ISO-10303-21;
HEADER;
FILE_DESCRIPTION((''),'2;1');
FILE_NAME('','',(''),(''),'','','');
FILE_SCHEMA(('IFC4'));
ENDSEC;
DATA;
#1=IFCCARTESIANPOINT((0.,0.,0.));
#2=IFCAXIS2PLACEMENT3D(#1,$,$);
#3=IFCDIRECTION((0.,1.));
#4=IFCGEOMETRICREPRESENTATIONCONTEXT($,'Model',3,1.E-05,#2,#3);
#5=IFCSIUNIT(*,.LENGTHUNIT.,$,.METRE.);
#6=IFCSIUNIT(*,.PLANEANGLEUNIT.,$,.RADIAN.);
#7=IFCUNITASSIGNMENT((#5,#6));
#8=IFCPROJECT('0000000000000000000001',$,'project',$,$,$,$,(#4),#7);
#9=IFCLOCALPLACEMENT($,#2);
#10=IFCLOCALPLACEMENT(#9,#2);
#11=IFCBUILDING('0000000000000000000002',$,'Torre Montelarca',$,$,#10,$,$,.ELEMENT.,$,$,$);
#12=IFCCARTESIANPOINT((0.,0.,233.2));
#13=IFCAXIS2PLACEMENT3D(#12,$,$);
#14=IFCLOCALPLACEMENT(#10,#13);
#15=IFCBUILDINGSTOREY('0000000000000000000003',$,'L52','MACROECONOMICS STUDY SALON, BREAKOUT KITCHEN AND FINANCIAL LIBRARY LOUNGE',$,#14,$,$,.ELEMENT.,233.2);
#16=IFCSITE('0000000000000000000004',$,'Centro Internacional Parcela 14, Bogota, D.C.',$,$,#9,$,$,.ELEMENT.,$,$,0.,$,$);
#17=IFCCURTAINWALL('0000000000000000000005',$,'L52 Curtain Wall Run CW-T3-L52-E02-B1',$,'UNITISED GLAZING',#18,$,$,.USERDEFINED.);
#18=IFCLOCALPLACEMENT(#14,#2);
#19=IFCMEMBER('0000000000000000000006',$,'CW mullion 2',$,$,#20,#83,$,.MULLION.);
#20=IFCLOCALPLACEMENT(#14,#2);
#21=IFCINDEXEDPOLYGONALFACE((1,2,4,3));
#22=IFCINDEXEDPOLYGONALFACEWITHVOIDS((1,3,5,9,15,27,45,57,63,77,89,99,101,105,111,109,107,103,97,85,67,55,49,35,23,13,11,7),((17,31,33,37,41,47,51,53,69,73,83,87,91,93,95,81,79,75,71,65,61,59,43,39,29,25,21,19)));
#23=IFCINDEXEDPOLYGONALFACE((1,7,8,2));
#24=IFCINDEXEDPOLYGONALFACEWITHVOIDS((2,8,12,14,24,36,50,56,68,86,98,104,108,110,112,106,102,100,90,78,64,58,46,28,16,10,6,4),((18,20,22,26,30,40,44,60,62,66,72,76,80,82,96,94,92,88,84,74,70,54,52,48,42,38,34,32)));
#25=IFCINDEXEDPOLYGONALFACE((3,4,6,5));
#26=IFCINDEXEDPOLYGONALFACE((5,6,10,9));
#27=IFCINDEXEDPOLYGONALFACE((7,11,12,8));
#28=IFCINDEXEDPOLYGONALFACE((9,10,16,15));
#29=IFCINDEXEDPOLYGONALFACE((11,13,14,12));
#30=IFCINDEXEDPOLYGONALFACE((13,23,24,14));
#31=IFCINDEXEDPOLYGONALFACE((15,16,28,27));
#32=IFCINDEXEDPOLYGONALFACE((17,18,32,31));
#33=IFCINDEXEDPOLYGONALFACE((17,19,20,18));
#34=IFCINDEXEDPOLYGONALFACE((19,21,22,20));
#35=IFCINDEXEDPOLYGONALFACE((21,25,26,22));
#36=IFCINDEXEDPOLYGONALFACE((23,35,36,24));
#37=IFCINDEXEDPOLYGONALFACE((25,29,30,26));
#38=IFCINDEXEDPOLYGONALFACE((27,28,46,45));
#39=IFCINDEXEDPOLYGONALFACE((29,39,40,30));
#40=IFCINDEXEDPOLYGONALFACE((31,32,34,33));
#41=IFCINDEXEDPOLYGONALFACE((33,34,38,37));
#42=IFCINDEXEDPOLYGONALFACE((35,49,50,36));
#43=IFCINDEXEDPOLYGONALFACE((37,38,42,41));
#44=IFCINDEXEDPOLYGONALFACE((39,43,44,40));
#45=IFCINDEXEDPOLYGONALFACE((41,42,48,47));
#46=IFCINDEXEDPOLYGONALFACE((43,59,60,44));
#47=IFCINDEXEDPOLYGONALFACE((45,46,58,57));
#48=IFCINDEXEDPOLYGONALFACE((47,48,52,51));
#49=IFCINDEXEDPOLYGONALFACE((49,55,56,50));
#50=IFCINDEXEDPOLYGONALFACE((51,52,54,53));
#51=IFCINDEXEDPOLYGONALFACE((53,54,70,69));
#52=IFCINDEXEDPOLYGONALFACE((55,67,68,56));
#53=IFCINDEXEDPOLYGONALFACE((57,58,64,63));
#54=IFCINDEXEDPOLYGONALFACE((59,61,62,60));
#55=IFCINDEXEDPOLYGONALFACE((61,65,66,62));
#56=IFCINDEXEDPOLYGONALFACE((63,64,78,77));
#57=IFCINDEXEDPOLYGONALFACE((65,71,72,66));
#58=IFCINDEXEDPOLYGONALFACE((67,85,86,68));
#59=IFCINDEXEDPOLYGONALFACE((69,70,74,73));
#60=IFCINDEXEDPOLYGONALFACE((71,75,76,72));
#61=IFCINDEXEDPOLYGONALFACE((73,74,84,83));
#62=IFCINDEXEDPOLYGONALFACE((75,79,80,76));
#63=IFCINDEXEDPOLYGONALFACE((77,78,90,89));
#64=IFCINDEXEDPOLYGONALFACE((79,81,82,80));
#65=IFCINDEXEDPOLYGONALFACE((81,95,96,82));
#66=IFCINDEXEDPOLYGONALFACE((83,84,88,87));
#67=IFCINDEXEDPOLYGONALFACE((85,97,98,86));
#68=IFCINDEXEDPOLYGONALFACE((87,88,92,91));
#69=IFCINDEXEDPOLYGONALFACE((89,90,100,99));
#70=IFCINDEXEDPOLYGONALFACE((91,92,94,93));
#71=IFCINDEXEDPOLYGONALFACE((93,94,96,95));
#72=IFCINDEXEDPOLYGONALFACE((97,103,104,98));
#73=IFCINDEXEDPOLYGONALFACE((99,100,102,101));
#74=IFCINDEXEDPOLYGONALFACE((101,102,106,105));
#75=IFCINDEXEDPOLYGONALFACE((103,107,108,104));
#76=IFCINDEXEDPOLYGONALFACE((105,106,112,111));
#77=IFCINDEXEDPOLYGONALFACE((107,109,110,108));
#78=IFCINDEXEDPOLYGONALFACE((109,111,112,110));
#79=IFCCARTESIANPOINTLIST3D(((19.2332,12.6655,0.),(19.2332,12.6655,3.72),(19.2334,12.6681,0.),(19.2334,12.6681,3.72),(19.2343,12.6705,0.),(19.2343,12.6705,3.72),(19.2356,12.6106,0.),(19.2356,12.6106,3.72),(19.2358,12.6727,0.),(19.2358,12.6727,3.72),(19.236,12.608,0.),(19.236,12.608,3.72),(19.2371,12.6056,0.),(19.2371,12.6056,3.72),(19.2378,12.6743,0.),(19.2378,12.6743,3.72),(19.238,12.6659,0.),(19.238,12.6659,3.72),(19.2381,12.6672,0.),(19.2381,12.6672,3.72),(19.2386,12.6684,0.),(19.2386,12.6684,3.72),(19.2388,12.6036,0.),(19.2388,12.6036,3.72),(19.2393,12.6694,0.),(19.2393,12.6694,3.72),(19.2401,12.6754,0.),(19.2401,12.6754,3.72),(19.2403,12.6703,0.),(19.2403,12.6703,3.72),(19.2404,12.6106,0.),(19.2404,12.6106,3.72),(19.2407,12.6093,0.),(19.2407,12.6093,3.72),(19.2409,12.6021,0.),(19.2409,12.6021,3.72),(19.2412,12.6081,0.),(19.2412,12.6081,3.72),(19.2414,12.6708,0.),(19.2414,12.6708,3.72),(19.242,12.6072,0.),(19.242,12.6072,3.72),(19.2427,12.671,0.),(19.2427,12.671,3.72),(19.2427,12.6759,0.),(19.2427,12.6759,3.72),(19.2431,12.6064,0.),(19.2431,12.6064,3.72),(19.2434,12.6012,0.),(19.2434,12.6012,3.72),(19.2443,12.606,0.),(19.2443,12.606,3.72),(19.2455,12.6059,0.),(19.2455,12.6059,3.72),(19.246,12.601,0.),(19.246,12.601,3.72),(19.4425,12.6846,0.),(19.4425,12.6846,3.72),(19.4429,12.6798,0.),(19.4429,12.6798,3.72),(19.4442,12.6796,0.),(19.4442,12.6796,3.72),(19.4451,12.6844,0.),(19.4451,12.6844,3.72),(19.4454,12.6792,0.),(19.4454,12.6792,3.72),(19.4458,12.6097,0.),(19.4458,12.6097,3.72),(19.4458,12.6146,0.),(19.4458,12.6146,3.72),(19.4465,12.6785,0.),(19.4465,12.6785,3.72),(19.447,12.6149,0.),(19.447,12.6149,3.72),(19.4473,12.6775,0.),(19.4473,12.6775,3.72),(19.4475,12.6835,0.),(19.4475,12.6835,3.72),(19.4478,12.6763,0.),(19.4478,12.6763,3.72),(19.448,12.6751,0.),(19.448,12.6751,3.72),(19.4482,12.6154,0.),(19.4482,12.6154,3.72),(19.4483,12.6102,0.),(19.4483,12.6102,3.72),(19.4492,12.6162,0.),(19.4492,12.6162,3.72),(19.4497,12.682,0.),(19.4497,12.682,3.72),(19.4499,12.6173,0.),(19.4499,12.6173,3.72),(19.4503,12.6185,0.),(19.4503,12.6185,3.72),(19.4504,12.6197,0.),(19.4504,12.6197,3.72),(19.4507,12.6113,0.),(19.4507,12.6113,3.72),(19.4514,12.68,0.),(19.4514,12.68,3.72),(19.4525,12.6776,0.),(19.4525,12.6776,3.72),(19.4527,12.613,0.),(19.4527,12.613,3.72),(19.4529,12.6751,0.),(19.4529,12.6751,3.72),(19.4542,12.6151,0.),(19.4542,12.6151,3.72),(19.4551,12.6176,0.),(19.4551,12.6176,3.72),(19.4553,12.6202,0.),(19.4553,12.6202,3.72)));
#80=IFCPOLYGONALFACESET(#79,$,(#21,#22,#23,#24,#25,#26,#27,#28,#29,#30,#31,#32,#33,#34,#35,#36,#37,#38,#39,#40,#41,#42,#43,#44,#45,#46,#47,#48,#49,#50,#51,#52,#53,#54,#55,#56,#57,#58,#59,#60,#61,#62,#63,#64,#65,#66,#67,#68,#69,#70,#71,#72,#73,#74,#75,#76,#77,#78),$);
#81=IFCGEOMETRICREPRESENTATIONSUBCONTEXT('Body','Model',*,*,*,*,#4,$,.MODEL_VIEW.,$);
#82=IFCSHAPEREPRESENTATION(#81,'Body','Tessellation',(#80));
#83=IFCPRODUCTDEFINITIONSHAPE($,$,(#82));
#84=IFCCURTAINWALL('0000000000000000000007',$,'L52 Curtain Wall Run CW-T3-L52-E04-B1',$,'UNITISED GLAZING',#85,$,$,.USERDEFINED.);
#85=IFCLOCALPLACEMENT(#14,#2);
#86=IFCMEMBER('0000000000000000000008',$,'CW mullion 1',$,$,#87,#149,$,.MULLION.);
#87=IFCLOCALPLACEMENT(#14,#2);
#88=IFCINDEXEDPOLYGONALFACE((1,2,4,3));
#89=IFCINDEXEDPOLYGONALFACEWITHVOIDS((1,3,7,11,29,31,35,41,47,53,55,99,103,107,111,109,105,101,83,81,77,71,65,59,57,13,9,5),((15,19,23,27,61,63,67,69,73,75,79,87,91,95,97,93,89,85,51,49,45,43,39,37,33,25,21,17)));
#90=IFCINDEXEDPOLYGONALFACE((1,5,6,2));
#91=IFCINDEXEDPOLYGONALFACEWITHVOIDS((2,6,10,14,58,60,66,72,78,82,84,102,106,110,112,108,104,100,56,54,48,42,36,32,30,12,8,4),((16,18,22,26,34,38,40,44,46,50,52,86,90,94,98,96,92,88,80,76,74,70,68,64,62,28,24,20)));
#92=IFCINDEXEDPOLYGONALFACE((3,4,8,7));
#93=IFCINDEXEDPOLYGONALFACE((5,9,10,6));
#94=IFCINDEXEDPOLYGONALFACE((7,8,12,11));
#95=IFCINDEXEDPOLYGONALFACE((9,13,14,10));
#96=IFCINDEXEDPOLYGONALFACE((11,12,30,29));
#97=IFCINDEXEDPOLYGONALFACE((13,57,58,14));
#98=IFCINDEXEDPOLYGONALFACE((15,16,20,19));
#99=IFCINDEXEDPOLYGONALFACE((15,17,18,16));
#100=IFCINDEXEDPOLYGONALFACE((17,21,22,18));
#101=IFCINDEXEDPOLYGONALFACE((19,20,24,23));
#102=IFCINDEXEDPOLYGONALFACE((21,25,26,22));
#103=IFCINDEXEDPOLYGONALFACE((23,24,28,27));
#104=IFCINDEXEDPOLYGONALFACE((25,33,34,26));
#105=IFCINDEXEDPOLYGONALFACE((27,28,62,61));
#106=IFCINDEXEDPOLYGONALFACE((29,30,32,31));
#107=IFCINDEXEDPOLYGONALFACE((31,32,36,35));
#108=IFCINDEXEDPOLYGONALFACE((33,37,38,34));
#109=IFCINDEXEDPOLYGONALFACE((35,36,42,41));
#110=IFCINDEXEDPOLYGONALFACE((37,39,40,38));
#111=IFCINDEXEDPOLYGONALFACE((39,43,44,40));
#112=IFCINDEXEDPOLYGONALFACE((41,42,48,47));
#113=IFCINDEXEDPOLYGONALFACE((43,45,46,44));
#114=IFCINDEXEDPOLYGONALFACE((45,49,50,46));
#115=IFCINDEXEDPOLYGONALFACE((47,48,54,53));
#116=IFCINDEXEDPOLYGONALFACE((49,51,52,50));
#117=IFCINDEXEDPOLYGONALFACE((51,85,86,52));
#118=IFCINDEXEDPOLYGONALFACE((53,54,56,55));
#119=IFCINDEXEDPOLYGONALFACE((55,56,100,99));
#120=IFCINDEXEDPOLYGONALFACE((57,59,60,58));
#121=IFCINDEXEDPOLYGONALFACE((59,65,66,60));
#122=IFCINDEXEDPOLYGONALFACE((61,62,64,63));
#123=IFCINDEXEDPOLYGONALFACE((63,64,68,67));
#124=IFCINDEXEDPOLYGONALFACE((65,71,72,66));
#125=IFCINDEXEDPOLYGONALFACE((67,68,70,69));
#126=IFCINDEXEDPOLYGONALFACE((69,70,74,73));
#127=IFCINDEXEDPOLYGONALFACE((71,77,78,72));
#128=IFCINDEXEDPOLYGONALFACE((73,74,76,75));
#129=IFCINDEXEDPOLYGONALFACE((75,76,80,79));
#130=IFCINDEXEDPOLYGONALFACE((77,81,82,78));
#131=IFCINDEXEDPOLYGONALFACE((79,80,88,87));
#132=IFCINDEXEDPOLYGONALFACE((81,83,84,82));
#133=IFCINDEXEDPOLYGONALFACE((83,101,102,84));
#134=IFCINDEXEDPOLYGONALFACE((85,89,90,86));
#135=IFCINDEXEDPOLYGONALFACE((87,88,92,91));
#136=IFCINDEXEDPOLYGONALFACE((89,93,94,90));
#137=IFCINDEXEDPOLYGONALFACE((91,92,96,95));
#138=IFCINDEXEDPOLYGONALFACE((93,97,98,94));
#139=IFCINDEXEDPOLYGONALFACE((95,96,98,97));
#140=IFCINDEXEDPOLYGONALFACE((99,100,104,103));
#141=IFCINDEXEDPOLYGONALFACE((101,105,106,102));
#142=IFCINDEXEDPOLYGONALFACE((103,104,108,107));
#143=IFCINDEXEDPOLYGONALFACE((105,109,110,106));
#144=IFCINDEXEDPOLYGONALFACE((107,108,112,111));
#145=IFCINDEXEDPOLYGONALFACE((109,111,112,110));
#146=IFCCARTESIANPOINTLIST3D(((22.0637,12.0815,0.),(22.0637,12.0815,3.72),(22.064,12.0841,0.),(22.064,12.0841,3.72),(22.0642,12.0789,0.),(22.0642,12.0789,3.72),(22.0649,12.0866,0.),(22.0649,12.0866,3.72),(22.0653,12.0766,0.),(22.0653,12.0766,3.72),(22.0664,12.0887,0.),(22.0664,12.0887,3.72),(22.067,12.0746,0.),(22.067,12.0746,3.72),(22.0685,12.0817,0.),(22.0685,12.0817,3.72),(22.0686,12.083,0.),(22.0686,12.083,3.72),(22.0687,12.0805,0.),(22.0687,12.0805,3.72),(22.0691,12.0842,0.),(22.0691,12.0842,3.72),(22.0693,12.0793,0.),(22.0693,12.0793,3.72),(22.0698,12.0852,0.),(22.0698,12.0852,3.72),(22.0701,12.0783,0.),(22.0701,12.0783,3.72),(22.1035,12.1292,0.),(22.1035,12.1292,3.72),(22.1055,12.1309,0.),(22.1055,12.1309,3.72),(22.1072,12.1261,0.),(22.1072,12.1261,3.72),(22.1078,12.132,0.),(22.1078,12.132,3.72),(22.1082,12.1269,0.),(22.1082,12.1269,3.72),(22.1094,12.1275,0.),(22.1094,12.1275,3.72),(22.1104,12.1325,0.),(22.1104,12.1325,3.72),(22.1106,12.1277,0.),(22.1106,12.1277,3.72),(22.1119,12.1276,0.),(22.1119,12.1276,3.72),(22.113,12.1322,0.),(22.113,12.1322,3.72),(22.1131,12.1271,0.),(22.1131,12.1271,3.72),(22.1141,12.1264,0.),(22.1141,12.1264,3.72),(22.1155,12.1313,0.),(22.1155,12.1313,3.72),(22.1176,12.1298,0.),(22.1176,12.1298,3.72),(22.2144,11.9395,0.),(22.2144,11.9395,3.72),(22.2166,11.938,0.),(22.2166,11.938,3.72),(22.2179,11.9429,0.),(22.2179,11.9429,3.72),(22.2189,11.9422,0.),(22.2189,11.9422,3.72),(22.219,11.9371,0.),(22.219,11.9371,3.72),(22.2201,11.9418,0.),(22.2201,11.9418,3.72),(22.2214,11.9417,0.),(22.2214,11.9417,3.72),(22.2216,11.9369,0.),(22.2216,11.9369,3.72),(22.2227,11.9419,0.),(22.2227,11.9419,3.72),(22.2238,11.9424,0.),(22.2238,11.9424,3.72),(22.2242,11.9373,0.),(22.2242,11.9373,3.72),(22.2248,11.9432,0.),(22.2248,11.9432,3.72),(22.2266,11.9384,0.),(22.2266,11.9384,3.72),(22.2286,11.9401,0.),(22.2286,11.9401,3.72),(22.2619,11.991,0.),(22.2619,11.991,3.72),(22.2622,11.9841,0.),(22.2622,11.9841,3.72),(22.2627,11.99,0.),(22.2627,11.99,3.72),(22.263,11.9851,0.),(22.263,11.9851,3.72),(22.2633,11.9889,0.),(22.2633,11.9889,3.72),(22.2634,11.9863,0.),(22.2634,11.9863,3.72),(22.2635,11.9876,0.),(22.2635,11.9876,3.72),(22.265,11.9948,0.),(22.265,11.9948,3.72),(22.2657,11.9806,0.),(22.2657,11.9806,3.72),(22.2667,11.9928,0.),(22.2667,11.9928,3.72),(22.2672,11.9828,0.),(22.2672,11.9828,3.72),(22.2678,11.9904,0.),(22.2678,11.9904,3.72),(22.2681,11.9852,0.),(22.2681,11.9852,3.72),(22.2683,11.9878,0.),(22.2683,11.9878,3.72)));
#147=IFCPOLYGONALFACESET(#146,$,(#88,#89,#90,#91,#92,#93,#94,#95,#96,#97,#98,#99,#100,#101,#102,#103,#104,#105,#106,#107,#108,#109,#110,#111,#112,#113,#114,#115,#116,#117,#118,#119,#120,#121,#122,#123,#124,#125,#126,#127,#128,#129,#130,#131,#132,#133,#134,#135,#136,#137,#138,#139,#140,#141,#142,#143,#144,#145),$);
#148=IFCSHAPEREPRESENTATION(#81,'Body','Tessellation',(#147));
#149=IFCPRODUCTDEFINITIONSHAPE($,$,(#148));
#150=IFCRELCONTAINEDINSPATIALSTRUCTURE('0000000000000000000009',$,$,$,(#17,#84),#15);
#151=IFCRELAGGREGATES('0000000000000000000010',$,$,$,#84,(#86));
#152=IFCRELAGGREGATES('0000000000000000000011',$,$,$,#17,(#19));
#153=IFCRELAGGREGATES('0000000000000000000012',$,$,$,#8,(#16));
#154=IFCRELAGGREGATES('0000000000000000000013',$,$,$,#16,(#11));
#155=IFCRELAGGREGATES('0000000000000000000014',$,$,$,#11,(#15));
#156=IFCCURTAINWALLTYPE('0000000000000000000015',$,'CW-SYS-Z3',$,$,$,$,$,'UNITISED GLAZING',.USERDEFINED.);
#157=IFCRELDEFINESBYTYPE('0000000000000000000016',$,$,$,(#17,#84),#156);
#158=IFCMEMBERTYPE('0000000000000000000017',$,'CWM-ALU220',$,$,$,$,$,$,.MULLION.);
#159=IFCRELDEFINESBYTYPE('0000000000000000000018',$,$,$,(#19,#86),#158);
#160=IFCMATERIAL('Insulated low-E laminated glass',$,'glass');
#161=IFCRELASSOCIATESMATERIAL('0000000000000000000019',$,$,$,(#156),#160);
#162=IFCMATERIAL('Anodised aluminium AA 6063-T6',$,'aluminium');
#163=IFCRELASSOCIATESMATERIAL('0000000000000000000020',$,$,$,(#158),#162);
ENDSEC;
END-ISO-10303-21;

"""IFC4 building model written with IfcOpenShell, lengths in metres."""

from ifc_helpers import new_model, si_unit, direction, frame, origin, origin_2d, place, context, subcontext, project, spatial, hollow_rectangle, extrude, source, transform, mapped, material, material_profile, profile_set, type_object, element, aggregate, save


model = new_model("IFC4")

# Units and contexts
model_context = context("Model", 3, precision=1e-05, world=origin(), true_north=direction((0.0, 1.0)))
body_context = subcontext(model_context, "Body", "Model", "MODEL_VIEW")
ifc_project = project(units=[si_unit("LENGTHUNIT", "METRE"), si_unit("PLANEANGLEUNIT", "RADIAN")], contexts=[model_context])

# Site, building, storey
site_placement = place(None, origin())
site = spatial("IfcSite", under=ifc_project, at=site_placement, Name="Centro Internacional Parcela 14, Bogota, D.C.", CompositionType="ELEMENT", RefElevation=0.0)
building_placement = place(site_placement, origin())
building = spatial("IfcBuilding", under=site, at=building_placement, Name="Torre Montelarca", CompositionType="ELEMENT")
storey_placement = place(building_placement, frame((0.0, 0.0, 233.2)))
storey = spatial("IfcBuildingStorey", under=building, at=storey_placement, Name="L52", Description="MACROECONOMICS STUDY SALON, BREAKOUT KITCHEN AND FINANCIAL LIBRARY LOUNGE", CompositionType="ELEMENT", Elevation=233.2)

# Curtain wall
ifc_material_1 = material(Name="Insulated low-E laminated glass", Category="glass")
curtain_wall_type = type_object("IfcCurtainWallType", Name="CW-SYS-Z3", ElementType="UNITISED GLAZING", PredefinedType="USERDEFINED", material=ifc_material_1)
curtain_wall_1_placement = place(storey_placement, origin())
curtain_wall_1 = element("IfcCurtainWall", 1, at=curtain_wall_1_placement, inside=storey, type_object=curtain_wall_type, Name="L52 Curtain Wall Run CW-T3-L52-E02-B1", ObjectType="UNITISED GLAZING", PredefinedType="USERDEFINED")
ifc_material_2 = material(Name="Anodised aluminium AA 6063-T6", Category="aluminium")
ifc_material_profile_1 = material_profile(ifc_material_2, hollow_rectangle(XDim=0.075, YDim=0.22, WallThickness=0.0049, InnerFilletRadius=0.0049, OuterFilletRadius=0.01, at=origin_2d()), Name="ALU75X220X5", Category="aluminium")
ifc_profile_set_1 = profile_set([ifc_material_profile_1], Name="Anodised aluminium AA 6063-T6")
member_type_1 = type_object("IfcMemberType", Name="CWM-ALU220", PredefinedType="MULLION", material=ifc_profile_set_1)
shared_shape_1 = source(origin(), body_context, "Body", "SweptSolid", [
    extrude(hollow_rectangle(XDim=0.075, YDim=0.22, WallThickness=0.0049, InnerFilletRadius=0.0049, OuterFilletRadius=0.01, at=origin_2d()), origin(), (0.0, 0.0, 1.0), 3.72),
])

# Member
member_1_placement = place(storey_placement, frame((19.3442, 12.6428, 0.0), z_axis=(0.0, 0.0, 1.0), x_axis=(-0.043625, 0.999048, 0.0)))
member_1 = element("IfcMember", 2, at=member_1_placement, type_object=member_type_1, Name="CW mullion 2", PredefinedType="MULLION", context=body_context, shape_type="MappedRepresentation", body=[
    mapped(shared_shape_1, transform((0.0, 0.0, 0.0), scale=1.0)),
])

# Curtain wall, member
curtain_wall_2_placement = place(storey_placement, origin())
curtain_wall_2 = element("IfcCurtainWall", 3, at=curtain_wall_2_placement, inside=storey, type_object=curtain_wall_type, Name="L52 Curtain Wall Run CW-T3-L52-E04-B1", ObjectType="UNITISED GLAZING", PredefinedType="USERDEFINED")
member_2_placement = place(storey_placement, frame((22.166, 12.0347, 0.0), z_axis=(0.0, 0.0, 1.0), x_axis=(0.675572, 0.737294, 0.0)))
member_2 = element("IfcMember", 4, at=member_2_placement, type_object=member_type_1, Name="CW mullion 1", PredefinedType="MULLION", context=body_context, shape_type="MappedRepresentation", body=[
    mapped(shared_shape_1, transform((0.0, 0.0, 0.0), scale=1.0)),
])
aggregate(curtain_wall_2, [member_2])

aggregate(curtain_wall_1, [member_1])

save(model, "model.ifc")
